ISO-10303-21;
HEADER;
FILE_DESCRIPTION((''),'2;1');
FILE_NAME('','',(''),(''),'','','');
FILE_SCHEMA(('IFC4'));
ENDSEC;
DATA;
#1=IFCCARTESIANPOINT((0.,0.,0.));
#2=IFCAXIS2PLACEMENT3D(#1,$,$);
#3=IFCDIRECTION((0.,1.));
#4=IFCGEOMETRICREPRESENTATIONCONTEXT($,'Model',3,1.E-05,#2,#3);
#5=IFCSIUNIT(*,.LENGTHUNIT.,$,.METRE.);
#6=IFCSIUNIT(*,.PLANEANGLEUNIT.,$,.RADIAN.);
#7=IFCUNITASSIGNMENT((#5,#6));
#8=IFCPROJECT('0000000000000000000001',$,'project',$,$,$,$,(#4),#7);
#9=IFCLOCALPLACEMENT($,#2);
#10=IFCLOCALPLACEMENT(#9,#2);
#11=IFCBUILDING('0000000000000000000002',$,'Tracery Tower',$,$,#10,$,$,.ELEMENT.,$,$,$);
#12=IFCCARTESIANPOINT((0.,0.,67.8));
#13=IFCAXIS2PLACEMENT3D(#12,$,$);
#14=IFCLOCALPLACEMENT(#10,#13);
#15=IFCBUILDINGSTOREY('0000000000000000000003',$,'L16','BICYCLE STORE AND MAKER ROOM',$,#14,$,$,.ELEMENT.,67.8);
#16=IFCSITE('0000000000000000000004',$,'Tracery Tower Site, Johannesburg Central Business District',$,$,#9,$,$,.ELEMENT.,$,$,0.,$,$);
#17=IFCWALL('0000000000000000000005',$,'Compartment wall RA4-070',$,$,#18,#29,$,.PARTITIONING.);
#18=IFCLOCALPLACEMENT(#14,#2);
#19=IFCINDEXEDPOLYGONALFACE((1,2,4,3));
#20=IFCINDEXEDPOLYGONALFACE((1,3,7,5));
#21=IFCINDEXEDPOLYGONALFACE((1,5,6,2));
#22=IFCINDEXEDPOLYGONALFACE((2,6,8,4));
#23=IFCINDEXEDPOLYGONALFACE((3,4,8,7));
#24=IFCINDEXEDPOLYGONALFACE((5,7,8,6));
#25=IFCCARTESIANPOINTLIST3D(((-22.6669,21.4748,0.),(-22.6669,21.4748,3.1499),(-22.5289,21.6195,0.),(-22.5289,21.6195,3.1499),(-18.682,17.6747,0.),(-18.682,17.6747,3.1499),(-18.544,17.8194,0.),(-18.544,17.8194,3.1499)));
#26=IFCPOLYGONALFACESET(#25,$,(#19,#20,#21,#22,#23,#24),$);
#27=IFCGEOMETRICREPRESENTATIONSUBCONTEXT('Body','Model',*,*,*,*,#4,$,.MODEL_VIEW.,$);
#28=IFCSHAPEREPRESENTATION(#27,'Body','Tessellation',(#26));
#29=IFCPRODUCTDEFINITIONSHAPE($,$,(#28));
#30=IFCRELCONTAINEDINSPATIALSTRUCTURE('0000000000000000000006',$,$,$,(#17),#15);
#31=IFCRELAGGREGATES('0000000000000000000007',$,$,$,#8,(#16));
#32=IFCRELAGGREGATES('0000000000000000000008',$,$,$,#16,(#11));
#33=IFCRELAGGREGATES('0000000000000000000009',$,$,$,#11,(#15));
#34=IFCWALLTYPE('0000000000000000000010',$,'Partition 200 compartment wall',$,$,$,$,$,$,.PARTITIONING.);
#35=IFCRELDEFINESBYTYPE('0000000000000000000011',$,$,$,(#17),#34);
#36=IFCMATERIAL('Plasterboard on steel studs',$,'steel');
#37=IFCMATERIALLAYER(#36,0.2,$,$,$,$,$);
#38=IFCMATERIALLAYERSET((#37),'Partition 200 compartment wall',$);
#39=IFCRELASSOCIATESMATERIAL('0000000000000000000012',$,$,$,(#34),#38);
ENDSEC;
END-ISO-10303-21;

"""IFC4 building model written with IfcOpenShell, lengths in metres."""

from ifc_helpers import new_model, si_unit, direction, frame, frame_2d, origin, place, context, subcontext, project, spatial, rectangle, extrude, material, layer, layer_set, type_object, element, save


model = new_model("IFC4")

# Units and contexts
model_context = context("Model", 3, precision=1e-05, world=origin(), true_north=direction((0.0, 1.0)))
body_context = subcontext(model_context, "Body", "Model", "MODEL_VIEW")
ifc_project = project(units=[si_unit("LENGTHUNIT", "METRE"), si_unit("PLANEANGLEUNIT", "RADIAN")], contexts=[model_context])

# Site, building, storey
site_placement = place(None, origin())
site = spatial("IfcSite", under=ifc_project, at=site_placement, Name="Tracery Tower Site, Johannesburg Central Business District", CompositionType="ELEMENT", RefElevation=0.0)
building_placement = place(site_placement, origin())
building = spatial("IfcBuilding", under=site, at=building_placement, Name="Tracery Tower", CompositionType="ELEMENT")
storey_placement = place(building_placement, frame((0.0, 0.0, 67.8)))
storey = spatial("IfcBuildingStorey", under=building, at=storey_placement, Name="L16", Description="BICYCLE STORE AND MAKER ROOM", CompositionType="ELEMENT", Elevation=67.8)

# Wall
ifc_material_1 = material(Name="Plasterboard on steel studs", Category="steel")
ifc_layer_1 = layer(ifc_material_1, 0.2)
ifc_layer_set_1 = layer_set([ifc_layer_1], Name="Partition 200 compartment wall")
wall_type_1 = type_object("IfcWallType", Name="Partition 200 compartment wall", PredefinedType="PARTITIONING", material=ifc_layer_set_1)
wall_1_placement = place(storey_placement, frame((-22.5979, 21.5471, 0.0), z_axis=(0.0, 0.0, 1.0), x_axis=(0.72369, -0.690126, 0.0)))
element("IfcWall", 1, at=wall_1_placement, inside=storey, type_object=wall_type_1, Name="Compartment wall RA4-070", PredefinedType="PARTITIONING", context=body_context, shape_type="SweptSolid", body=[
    extrude(rectangle(XDim=5.5063, YDim=0.2, at=frame_2d((2.7532, 0.0))), origin(), (0.0, 0.0, 1.0), 3.1499),
])

save(model, "model.ifc")
